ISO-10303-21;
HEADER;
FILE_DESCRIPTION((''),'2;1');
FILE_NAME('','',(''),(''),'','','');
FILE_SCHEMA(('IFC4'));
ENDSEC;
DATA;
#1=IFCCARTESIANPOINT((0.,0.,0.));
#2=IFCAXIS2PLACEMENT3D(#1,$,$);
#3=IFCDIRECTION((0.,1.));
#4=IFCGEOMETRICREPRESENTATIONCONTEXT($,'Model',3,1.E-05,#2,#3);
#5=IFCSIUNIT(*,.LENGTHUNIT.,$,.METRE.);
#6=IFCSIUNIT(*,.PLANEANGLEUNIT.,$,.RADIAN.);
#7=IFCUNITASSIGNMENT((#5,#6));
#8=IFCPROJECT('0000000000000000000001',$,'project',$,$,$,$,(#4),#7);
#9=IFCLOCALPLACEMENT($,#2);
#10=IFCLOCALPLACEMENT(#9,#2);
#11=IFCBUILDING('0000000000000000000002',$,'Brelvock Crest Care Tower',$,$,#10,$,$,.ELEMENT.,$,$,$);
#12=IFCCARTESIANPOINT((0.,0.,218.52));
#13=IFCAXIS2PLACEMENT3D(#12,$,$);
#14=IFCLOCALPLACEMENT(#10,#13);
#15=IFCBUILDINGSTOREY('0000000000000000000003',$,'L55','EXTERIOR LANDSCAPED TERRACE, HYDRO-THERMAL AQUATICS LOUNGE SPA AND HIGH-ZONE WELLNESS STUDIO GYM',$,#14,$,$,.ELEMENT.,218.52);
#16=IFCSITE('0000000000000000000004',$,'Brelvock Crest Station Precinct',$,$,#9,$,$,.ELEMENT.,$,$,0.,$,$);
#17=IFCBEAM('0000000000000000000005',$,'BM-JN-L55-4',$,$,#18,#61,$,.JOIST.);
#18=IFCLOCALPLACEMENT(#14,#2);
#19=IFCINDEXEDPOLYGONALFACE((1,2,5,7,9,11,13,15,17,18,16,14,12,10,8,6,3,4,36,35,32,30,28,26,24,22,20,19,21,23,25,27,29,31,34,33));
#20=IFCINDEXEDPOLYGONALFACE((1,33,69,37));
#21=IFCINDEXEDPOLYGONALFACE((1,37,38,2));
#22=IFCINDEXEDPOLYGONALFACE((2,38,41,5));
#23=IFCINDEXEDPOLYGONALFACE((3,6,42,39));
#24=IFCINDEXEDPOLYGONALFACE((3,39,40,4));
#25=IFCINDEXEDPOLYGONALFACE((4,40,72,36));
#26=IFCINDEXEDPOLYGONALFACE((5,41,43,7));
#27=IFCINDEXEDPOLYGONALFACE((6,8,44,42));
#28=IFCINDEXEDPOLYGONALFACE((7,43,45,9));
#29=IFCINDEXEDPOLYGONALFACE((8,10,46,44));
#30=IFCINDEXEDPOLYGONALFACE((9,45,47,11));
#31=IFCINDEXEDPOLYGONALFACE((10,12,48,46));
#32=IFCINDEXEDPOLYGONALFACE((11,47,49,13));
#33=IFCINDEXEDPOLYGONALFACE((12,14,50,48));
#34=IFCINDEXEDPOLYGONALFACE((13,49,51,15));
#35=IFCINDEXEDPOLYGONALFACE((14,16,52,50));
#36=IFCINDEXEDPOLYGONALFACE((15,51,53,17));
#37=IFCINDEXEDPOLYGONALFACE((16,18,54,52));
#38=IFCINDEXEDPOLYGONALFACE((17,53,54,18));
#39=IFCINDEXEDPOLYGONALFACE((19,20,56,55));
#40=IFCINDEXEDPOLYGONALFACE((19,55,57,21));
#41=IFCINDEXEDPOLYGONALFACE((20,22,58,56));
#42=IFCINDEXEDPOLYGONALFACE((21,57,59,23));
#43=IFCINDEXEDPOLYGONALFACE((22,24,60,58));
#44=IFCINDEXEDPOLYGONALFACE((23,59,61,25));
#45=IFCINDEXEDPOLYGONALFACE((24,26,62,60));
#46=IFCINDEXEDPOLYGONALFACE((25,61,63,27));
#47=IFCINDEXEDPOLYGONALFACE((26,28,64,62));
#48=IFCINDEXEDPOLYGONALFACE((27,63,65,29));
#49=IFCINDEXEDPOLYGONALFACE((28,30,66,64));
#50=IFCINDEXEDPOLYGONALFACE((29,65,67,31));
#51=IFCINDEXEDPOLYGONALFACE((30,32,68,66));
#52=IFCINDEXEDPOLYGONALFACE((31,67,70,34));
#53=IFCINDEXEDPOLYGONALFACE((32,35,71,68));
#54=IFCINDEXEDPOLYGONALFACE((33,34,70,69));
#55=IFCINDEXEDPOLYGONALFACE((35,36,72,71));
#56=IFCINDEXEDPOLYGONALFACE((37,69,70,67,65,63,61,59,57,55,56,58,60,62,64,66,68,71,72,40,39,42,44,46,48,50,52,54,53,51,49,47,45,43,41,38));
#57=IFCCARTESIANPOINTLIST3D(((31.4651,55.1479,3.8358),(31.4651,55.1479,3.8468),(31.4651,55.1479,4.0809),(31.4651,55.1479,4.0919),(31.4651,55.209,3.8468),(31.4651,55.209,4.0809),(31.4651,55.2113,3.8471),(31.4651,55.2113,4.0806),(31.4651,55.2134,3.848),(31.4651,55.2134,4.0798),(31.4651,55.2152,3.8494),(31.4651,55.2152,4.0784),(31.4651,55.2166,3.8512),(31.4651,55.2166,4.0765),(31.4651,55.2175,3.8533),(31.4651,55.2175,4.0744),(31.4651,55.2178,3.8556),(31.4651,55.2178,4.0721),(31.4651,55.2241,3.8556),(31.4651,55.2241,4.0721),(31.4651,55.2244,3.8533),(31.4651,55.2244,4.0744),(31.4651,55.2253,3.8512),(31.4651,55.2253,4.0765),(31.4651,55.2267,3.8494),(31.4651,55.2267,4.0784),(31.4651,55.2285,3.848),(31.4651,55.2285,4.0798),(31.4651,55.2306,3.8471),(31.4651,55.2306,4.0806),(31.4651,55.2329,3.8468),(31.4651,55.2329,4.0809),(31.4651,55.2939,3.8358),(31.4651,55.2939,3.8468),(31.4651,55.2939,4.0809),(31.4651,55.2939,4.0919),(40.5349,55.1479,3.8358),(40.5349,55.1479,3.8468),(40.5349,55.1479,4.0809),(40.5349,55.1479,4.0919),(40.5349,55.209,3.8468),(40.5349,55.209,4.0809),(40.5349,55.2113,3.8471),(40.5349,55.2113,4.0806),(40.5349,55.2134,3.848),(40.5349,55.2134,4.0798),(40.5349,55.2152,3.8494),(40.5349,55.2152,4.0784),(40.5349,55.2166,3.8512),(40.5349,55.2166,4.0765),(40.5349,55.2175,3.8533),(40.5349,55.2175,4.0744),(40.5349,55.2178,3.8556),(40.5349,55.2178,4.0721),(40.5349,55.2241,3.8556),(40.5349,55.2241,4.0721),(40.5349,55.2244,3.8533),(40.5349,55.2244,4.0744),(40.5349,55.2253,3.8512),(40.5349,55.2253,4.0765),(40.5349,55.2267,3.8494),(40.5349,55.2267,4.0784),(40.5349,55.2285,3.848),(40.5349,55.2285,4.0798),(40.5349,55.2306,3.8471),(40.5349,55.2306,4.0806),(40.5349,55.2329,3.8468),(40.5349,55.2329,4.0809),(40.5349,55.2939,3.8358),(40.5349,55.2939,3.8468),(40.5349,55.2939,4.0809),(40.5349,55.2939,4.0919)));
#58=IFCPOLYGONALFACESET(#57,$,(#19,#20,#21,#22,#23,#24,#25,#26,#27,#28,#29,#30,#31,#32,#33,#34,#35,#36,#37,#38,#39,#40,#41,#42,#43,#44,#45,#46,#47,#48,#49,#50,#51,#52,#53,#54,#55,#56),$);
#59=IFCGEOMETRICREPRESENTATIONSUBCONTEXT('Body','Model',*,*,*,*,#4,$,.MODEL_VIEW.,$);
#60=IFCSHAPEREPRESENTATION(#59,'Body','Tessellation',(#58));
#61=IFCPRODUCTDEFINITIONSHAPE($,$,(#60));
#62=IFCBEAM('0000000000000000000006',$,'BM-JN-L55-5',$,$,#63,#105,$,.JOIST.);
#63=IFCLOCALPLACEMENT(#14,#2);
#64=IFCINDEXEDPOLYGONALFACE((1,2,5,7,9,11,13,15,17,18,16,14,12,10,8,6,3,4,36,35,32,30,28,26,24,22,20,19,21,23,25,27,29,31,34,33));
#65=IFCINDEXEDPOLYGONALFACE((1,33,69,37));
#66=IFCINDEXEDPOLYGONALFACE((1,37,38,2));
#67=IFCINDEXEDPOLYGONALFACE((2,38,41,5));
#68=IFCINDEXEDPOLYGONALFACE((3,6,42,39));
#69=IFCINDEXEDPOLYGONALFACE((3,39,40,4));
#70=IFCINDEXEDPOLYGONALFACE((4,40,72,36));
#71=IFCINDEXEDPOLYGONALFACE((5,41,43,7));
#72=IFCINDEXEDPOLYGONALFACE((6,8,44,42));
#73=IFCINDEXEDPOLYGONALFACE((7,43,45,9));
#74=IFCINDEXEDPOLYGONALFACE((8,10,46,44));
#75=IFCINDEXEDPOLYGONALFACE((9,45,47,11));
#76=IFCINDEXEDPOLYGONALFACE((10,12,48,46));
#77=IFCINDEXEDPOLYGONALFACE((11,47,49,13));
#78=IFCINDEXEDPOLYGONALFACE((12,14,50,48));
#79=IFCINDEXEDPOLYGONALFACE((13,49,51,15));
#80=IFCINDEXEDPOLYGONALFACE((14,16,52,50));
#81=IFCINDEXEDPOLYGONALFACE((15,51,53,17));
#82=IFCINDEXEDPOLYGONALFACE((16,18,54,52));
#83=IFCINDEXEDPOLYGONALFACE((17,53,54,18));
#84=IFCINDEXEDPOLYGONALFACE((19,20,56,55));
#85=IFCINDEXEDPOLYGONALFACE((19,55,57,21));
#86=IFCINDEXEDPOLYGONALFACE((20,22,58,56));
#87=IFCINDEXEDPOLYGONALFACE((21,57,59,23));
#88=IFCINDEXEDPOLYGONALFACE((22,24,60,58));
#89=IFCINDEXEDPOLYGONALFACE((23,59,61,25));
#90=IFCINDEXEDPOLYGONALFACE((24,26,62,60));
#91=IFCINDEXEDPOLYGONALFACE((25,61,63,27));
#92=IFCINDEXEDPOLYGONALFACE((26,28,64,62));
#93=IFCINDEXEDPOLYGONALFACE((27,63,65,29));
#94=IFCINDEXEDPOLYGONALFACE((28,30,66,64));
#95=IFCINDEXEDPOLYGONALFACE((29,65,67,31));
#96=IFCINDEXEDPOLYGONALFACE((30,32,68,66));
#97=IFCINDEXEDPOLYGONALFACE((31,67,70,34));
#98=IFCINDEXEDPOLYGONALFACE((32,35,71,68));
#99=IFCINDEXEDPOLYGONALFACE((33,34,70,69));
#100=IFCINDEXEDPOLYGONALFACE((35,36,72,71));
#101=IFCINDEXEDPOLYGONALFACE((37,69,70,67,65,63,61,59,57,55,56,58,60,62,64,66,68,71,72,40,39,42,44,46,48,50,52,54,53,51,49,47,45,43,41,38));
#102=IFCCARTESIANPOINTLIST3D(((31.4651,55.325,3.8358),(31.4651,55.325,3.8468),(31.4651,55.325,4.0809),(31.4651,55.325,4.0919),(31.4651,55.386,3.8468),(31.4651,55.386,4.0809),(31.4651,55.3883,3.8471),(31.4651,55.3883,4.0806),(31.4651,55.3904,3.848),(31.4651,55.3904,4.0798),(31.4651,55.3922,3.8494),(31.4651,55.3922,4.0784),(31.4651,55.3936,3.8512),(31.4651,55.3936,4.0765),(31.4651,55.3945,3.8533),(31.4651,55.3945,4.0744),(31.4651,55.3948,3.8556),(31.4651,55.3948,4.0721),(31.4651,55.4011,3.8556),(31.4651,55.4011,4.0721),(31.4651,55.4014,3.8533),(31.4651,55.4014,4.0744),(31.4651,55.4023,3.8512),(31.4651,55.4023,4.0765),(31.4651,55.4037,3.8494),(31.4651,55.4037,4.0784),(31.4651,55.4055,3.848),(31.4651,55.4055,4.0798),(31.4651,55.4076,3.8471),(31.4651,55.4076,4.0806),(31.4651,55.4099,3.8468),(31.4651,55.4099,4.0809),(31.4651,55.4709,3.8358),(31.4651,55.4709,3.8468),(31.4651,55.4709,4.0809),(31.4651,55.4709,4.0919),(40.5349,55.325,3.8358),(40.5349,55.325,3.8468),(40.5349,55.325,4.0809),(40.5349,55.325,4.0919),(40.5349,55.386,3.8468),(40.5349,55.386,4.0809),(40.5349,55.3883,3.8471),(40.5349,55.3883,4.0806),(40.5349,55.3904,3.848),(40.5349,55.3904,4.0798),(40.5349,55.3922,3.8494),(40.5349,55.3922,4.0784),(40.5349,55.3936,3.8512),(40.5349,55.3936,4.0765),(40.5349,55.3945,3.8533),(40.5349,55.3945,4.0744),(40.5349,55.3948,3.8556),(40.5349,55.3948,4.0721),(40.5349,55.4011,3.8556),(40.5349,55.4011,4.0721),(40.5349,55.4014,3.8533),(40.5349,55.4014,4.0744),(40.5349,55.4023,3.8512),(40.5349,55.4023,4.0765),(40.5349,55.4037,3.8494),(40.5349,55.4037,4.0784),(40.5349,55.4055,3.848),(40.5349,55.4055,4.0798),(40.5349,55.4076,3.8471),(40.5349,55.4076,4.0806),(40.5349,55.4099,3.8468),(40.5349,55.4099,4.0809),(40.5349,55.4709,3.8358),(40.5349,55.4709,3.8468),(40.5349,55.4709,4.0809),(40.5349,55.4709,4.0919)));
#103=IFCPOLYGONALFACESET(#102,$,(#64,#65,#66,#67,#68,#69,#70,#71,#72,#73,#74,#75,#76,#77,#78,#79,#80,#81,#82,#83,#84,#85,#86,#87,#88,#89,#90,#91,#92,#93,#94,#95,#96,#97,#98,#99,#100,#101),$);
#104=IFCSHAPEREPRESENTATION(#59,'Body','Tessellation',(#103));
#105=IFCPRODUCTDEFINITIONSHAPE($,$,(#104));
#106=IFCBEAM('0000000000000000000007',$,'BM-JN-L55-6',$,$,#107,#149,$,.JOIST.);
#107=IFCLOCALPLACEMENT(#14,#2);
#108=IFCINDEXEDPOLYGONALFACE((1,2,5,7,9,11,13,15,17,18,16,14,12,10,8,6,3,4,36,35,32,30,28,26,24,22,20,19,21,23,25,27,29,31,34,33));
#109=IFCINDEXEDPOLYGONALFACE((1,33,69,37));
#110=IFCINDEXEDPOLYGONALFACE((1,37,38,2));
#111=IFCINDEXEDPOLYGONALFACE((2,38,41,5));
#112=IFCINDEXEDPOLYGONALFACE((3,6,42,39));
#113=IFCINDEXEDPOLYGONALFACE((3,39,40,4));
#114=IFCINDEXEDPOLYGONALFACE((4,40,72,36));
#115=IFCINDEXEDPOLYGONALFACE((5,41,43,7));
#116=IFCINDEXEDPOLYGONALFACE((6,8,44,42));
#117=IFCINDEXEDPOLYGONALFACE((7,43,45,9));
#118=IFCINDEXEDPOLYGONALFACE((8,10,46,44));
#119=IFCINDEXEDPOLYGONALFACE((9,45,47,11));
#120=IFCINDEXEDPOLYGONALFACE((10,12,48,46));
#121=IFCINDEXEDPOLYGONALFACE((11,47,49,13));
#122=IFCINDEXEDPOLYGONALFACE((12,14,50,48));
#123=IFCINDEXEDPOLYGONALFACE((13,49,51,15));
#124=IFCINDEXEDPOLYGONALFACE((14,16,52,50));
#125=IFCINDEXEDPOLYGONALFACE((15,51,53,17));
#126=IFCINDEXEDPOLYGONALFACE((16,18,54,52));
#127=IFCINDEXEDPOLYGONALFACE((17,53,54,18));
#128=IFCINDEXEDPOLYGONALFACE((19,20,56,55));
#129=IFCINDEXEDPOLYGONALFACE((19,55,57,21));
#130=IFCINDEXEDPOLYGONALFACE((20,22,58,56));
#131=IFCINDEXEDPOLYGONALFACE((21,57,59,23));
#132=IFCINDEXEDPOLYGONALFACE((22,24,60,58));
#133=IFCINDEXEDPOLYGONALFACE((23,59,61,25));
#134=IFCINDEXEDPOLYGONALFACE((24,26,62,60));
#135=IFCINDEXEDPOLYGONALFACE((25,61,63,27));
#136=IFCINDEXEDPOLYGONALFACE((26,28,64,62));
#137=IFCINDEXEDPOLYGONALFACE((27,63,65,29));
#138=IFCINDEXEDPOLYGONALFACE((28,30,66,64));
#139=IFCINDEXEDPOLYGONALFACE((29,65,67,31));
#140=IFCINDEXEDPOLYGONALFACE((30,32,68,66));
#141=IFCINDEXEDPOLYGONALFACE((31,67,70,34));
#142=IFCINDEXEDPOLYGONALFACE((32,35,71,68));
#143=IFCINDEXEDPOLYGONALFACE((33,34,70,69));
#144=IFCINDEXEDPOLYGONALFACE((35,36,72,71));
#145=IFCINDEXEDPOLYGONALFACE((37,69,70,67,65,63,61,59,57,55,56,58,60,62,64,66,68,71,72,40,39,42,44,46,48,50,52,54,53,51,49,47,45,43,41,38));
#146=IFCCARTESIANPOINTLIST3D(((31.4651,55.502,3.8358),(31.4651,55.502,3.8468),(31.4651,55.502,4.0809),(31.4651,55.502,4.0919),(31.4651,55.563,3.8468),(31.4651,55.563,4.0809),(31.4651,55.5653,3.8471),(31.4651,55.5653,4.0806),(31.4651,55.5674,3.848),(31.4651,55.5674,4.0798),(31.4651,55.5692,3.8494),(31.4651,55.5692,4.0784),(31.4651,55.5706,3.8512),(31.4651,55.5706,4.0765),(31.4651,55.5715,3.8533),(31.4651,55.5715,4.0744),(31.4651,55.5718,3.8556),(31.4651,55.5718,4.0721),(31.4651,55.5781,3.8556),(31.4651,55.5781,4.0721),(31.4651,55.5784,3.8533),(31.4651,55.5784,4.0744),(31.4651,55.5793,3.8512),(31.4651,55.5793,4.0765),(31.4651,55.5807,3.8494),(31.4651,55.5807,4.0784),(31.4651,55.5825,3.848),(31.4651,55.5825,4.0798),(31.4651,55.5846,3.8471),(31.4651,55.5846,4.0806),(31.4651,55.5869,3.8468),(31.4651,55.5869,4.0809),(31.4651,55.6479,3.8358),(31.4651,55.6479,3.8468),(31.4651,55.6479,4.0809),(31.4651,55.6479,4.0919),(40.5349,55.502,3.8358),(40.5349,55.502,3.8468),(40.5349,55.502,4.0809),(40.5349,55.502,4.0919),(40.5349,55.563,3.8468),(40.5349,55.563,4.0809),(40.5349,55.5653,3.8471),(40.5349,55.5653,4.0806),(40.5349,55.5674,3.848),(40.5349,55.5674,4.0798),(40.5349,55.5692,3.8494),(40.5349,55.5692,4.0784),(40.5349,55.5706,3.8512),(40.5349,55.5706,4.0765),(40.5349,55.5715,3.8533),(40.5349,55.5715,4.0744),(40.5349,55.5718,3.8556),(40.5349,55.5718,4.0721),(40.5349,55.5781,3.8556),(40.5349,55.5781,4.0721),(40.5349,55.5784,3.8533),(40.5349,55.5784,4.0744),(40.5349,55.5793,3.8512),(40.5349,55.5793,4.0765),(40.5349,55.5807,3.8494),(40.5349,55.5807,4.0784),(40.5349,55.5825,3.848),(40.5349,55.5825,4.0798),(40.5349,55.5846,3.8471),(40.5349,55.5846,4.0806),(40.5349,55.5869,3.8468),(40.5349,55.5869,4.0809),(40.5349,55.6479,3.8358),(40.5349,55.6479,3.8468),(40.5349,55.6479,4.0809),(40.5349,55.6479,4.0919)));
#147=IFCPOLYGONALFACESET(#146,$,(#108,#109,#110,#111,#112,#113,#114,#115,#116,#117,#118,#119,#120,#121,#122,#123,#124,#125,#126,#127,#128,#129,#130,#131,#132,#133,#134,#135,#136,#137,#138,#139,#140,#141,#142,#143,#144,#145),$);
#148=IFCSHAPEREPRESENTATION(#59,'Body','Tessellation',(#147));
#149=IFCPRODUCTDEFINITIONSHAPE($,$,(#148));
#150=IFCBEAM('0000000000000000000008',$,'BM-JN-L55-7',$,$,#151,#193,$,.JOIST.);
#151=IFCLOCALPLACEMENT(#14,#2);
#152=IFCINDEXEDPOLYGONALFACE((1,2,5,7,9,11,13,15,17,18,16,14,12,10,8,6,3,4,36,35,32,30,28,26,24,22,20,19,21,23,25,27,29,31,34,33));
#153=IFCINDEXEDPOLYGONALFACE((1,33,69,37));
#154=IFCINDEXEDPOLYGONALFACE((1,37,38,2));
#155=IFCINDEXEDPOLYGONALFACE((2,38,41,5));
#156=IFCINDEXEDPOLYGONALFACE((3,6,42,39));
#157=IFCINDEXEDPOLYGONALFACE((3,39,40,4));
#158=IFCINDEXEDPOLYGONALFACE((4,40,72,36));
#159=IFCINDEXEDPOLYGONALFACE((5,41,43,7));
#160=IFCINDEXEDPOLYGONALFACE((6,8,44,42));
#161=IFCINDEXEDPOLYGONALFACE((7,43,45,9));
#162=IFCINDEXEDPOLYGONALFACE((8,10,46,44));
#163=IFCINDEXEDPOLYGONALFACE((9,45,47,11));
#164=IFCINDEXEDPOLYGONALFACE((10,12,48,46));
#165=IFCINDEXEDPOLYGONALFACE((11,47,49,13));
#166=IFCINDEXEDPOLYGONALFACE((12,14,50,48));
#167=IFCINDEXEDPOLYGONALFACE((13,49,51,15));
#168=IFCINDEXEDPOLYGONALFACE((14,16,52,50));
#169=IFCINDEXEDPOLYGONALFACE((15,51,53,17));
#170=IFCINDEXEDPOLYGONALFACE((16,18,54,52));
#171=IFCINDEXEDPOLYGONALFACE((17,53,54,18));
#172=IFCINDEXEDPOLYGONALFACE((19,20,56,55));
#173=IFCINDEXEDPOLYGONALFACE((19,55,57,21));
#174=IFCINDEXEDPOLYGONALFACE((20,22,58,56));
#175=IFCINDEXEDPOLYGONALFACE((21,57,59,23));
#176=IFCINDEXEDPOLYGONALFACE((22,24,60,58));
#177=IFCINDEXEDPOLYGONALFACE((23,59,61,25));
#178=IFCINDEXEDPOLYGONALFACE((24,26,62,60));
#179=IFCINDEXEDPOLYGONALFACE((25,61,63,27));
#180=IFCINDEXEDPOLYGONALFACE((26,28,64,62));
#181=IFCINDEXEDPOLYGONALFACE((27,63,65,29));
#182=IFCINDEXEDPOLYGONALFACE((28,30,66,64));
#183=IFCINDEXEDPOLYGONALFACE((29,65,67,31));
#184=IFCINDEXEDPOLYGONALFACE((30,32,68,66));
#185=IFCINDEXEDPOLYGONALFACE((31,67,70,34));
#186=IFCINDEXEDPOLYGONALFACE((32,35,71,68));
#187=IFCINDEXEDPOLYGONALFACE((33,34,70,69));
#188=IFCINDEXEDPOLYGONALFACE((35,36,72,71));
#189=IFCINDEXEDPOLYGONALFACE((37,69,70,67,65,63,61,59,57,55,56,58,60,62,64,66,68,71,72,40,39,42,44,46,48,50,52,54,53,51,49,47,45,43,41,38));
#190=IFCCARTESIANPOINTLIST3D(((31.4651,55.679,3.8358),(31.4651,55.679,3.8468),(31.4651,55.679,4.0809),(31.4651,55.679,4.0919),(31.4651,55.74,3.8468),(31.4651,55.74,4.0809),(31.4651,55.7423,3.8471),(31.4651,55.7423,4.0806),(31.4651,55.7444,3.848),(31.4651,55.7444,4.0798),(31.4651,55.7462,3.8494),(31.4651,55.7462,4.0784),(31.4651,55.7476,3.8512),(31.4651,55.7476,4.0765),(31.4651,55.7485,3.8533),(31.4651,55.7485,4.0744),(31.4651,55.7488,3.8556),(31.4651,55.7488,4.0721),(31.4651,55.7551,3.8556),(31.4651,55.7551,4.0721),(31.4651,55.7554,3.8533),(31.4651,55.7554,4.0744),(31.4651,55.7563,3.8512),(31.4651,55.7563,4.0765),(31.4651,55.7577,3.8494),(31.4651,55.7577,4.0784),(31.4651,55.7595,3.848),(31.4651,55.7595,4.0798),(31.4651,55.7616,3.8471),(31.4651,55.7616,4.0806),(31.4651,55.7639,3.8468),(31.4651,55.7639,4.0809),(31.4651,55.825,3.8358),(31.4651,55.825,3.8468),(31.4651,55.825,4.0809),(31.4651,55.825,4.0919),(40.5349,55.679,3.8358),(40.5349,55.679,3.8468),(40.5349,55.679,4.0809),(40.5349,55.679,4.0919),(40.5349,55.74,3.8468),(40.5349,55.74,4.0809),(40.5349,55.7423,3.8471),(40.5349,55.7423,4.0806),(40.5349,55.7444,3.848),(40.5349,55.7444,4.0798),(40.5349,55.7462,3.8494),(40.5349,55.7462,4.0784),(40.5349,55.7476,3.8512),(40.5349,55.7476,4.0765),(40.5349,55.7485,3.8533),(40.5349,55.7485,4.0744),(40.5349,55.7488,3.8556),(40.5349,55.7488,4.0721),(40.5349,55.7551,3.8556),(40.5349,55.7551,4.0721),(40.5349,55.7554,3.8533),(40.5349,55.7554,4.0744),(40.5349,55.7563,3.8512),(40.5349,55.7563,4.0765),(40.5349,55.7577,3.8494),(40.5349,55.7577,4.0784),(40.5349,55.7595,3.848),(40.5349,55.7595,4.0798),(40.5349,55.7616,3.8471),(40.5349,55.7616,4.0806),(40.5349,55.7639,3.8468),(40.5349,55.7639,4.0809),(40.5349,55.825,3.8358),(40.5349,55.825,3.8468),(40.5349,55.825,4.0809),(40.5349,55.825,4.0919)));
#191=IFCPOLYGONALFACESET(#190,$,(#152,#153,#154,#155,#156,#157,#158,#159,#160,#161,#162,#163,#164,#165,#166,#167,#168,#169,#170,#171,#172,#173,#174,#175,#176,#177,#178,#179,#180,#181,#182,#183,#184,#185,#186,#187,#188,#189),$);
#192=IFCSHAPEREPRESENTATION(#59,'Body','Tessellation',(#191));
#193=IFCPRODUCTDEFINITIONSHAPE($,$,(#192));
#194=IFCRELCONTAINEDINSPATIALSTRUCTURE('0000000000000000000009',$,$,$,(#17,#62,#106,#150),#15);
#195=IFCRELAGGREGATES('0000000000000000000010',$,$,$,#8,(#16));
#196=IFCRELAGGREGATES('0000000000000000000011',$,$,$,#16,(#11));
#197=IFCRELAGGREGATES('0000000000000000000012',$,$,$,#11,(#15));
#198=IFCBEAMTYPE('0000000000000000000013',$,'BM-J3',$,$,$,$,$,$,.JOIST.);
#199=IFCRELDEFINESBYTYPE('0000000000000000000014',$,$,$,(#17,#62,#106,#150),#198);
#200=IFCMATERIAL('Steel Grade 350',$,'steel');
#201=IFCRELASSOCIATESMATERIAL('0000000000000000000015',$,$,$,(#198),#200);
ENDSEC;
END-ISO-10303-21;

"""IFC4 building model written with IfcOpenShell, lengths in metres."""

from ifc_helpers import new_model, si_unit, direction, frame, origin, origin_2d, place, context, subcontext, project, spatial, i_section, extrude, source, transform, mapped, material, material_profile, profile_set, type_object, element, save


model = new_model("IFC4")

# Units and contexts
model_context = context("Model", 3, precision=1e-05, world=origin(), true_north=direction((0.0, 1.0)))
body_context = subcontext(model_context, "Body", "Model", "MODEL_VIEW")
ifc_project = project(units=[si_unit("LENGTHUNIT", "METRE"), si_unit("PLANEANGLEUNIT", "RADIAN")], contexts=[model_context])

# Site, building, storey
site_placement = place(None, origin())
site = spatial("IfcSite", under=ifc_project, at=site_placement, Name="Brelvock Crest Station Precinct", CompositionType="ELEMENT", RefElevation=0.0)
building_placement = place(site_placement, origin())
building = spatial("IfcBuilding", under=site, at=building_placement, Name="Brelvock Crest Care Tower", CompositionType="ELEMENT")
storey_placement = place(building_placement, frame((0.0, 0.0, 218.52)))
storey = spatial("IfcBuildingStorey", under=building, at=storey_placement, Name="L55", Description="EXTERIOR LANDSCAPED TERRACE, HYDRO-THERMAL AQUATICS LOUNGE SPA AND HIGH-ZONE WELLNESS STUDIO GYM", CompositionType="ELEMENT", Elevation=218.52)

# Shared definitions
ifc_material_1 = material(Name="Steel Grade 350", Category="steel")

# Beams
ifc_material_profile_1 = material_profile(ifc_material_1, i_section(OverallWidth=0.146, OverallDepth=0.2561, WebThickness=0.0063, FlangeThickness=0.011, FilletRadius=0.0088, at=origin_2d()), Name="250UB37.3")
ifc_profile_set_1 = profile_set([ifc_material_profile_1], Name="Steel Grade 350")
beam_type_1 = type_object("IfcBeamType", Name="BM-J3", PredefinedType="JOIST", material=ifc_profile_set_1)
shared_shape_1 = source(origin(), body_context, "Body", "SweptSolid", [
    extrude(i_section(OverallWidth=0.146, OverallDepth=0.2561, WebThickness=0.0063, FlangeThickness=0.011, FilletRadius=0.0088, at=origin_2d()), origin(), (0.0, 0.0, 1.0), 9.0698),
])
for number, where, z_axis, x_axis, name in (
    (1, (31.4651, 55.2209, 3.9639), (1.0, 0.0, 0.0), (0.0, 1.0, 0.0), "BM-JN-L55-4"),
    (2, (31.4651, 55.3979, 3.9639), (1.0, 0.0, 0.0), (0.0, 1.0, 0.0), "BM-JN-L55-5"),
    (3, (31.4651, 55.575, 3.9639), (1.0, 0.0, 0.0), (0.0, 1.0, 0.0), "BM-JN-L55-6"),
    (4, (31.4651, 55.752, 3.9639), (1.0, 0.0, 0.0), (0.0, 1.0, 0.0), "BM-JN-L55-7"),
):
    element("IfcBeam", number, at=place(storey_placement, frame(where, z_axis=z_axis, x_axis=x_axis)), inside=storey, type_object=beam_type_1, Name=name, PredefinedType="JOIST", context=body_context, shape_type="MappedRepresentation", body=[
        mapped(shared_shape_1, transform((0.0, 0.0, 0.0), x_axis=(1.0, 0.0, 0.0), y_axis=(0.0, 1.0, 0.0), z_axis=(0.0, 0.0, 1.0), scale=1.0)),
    ])

save(model, "model.ifc")
